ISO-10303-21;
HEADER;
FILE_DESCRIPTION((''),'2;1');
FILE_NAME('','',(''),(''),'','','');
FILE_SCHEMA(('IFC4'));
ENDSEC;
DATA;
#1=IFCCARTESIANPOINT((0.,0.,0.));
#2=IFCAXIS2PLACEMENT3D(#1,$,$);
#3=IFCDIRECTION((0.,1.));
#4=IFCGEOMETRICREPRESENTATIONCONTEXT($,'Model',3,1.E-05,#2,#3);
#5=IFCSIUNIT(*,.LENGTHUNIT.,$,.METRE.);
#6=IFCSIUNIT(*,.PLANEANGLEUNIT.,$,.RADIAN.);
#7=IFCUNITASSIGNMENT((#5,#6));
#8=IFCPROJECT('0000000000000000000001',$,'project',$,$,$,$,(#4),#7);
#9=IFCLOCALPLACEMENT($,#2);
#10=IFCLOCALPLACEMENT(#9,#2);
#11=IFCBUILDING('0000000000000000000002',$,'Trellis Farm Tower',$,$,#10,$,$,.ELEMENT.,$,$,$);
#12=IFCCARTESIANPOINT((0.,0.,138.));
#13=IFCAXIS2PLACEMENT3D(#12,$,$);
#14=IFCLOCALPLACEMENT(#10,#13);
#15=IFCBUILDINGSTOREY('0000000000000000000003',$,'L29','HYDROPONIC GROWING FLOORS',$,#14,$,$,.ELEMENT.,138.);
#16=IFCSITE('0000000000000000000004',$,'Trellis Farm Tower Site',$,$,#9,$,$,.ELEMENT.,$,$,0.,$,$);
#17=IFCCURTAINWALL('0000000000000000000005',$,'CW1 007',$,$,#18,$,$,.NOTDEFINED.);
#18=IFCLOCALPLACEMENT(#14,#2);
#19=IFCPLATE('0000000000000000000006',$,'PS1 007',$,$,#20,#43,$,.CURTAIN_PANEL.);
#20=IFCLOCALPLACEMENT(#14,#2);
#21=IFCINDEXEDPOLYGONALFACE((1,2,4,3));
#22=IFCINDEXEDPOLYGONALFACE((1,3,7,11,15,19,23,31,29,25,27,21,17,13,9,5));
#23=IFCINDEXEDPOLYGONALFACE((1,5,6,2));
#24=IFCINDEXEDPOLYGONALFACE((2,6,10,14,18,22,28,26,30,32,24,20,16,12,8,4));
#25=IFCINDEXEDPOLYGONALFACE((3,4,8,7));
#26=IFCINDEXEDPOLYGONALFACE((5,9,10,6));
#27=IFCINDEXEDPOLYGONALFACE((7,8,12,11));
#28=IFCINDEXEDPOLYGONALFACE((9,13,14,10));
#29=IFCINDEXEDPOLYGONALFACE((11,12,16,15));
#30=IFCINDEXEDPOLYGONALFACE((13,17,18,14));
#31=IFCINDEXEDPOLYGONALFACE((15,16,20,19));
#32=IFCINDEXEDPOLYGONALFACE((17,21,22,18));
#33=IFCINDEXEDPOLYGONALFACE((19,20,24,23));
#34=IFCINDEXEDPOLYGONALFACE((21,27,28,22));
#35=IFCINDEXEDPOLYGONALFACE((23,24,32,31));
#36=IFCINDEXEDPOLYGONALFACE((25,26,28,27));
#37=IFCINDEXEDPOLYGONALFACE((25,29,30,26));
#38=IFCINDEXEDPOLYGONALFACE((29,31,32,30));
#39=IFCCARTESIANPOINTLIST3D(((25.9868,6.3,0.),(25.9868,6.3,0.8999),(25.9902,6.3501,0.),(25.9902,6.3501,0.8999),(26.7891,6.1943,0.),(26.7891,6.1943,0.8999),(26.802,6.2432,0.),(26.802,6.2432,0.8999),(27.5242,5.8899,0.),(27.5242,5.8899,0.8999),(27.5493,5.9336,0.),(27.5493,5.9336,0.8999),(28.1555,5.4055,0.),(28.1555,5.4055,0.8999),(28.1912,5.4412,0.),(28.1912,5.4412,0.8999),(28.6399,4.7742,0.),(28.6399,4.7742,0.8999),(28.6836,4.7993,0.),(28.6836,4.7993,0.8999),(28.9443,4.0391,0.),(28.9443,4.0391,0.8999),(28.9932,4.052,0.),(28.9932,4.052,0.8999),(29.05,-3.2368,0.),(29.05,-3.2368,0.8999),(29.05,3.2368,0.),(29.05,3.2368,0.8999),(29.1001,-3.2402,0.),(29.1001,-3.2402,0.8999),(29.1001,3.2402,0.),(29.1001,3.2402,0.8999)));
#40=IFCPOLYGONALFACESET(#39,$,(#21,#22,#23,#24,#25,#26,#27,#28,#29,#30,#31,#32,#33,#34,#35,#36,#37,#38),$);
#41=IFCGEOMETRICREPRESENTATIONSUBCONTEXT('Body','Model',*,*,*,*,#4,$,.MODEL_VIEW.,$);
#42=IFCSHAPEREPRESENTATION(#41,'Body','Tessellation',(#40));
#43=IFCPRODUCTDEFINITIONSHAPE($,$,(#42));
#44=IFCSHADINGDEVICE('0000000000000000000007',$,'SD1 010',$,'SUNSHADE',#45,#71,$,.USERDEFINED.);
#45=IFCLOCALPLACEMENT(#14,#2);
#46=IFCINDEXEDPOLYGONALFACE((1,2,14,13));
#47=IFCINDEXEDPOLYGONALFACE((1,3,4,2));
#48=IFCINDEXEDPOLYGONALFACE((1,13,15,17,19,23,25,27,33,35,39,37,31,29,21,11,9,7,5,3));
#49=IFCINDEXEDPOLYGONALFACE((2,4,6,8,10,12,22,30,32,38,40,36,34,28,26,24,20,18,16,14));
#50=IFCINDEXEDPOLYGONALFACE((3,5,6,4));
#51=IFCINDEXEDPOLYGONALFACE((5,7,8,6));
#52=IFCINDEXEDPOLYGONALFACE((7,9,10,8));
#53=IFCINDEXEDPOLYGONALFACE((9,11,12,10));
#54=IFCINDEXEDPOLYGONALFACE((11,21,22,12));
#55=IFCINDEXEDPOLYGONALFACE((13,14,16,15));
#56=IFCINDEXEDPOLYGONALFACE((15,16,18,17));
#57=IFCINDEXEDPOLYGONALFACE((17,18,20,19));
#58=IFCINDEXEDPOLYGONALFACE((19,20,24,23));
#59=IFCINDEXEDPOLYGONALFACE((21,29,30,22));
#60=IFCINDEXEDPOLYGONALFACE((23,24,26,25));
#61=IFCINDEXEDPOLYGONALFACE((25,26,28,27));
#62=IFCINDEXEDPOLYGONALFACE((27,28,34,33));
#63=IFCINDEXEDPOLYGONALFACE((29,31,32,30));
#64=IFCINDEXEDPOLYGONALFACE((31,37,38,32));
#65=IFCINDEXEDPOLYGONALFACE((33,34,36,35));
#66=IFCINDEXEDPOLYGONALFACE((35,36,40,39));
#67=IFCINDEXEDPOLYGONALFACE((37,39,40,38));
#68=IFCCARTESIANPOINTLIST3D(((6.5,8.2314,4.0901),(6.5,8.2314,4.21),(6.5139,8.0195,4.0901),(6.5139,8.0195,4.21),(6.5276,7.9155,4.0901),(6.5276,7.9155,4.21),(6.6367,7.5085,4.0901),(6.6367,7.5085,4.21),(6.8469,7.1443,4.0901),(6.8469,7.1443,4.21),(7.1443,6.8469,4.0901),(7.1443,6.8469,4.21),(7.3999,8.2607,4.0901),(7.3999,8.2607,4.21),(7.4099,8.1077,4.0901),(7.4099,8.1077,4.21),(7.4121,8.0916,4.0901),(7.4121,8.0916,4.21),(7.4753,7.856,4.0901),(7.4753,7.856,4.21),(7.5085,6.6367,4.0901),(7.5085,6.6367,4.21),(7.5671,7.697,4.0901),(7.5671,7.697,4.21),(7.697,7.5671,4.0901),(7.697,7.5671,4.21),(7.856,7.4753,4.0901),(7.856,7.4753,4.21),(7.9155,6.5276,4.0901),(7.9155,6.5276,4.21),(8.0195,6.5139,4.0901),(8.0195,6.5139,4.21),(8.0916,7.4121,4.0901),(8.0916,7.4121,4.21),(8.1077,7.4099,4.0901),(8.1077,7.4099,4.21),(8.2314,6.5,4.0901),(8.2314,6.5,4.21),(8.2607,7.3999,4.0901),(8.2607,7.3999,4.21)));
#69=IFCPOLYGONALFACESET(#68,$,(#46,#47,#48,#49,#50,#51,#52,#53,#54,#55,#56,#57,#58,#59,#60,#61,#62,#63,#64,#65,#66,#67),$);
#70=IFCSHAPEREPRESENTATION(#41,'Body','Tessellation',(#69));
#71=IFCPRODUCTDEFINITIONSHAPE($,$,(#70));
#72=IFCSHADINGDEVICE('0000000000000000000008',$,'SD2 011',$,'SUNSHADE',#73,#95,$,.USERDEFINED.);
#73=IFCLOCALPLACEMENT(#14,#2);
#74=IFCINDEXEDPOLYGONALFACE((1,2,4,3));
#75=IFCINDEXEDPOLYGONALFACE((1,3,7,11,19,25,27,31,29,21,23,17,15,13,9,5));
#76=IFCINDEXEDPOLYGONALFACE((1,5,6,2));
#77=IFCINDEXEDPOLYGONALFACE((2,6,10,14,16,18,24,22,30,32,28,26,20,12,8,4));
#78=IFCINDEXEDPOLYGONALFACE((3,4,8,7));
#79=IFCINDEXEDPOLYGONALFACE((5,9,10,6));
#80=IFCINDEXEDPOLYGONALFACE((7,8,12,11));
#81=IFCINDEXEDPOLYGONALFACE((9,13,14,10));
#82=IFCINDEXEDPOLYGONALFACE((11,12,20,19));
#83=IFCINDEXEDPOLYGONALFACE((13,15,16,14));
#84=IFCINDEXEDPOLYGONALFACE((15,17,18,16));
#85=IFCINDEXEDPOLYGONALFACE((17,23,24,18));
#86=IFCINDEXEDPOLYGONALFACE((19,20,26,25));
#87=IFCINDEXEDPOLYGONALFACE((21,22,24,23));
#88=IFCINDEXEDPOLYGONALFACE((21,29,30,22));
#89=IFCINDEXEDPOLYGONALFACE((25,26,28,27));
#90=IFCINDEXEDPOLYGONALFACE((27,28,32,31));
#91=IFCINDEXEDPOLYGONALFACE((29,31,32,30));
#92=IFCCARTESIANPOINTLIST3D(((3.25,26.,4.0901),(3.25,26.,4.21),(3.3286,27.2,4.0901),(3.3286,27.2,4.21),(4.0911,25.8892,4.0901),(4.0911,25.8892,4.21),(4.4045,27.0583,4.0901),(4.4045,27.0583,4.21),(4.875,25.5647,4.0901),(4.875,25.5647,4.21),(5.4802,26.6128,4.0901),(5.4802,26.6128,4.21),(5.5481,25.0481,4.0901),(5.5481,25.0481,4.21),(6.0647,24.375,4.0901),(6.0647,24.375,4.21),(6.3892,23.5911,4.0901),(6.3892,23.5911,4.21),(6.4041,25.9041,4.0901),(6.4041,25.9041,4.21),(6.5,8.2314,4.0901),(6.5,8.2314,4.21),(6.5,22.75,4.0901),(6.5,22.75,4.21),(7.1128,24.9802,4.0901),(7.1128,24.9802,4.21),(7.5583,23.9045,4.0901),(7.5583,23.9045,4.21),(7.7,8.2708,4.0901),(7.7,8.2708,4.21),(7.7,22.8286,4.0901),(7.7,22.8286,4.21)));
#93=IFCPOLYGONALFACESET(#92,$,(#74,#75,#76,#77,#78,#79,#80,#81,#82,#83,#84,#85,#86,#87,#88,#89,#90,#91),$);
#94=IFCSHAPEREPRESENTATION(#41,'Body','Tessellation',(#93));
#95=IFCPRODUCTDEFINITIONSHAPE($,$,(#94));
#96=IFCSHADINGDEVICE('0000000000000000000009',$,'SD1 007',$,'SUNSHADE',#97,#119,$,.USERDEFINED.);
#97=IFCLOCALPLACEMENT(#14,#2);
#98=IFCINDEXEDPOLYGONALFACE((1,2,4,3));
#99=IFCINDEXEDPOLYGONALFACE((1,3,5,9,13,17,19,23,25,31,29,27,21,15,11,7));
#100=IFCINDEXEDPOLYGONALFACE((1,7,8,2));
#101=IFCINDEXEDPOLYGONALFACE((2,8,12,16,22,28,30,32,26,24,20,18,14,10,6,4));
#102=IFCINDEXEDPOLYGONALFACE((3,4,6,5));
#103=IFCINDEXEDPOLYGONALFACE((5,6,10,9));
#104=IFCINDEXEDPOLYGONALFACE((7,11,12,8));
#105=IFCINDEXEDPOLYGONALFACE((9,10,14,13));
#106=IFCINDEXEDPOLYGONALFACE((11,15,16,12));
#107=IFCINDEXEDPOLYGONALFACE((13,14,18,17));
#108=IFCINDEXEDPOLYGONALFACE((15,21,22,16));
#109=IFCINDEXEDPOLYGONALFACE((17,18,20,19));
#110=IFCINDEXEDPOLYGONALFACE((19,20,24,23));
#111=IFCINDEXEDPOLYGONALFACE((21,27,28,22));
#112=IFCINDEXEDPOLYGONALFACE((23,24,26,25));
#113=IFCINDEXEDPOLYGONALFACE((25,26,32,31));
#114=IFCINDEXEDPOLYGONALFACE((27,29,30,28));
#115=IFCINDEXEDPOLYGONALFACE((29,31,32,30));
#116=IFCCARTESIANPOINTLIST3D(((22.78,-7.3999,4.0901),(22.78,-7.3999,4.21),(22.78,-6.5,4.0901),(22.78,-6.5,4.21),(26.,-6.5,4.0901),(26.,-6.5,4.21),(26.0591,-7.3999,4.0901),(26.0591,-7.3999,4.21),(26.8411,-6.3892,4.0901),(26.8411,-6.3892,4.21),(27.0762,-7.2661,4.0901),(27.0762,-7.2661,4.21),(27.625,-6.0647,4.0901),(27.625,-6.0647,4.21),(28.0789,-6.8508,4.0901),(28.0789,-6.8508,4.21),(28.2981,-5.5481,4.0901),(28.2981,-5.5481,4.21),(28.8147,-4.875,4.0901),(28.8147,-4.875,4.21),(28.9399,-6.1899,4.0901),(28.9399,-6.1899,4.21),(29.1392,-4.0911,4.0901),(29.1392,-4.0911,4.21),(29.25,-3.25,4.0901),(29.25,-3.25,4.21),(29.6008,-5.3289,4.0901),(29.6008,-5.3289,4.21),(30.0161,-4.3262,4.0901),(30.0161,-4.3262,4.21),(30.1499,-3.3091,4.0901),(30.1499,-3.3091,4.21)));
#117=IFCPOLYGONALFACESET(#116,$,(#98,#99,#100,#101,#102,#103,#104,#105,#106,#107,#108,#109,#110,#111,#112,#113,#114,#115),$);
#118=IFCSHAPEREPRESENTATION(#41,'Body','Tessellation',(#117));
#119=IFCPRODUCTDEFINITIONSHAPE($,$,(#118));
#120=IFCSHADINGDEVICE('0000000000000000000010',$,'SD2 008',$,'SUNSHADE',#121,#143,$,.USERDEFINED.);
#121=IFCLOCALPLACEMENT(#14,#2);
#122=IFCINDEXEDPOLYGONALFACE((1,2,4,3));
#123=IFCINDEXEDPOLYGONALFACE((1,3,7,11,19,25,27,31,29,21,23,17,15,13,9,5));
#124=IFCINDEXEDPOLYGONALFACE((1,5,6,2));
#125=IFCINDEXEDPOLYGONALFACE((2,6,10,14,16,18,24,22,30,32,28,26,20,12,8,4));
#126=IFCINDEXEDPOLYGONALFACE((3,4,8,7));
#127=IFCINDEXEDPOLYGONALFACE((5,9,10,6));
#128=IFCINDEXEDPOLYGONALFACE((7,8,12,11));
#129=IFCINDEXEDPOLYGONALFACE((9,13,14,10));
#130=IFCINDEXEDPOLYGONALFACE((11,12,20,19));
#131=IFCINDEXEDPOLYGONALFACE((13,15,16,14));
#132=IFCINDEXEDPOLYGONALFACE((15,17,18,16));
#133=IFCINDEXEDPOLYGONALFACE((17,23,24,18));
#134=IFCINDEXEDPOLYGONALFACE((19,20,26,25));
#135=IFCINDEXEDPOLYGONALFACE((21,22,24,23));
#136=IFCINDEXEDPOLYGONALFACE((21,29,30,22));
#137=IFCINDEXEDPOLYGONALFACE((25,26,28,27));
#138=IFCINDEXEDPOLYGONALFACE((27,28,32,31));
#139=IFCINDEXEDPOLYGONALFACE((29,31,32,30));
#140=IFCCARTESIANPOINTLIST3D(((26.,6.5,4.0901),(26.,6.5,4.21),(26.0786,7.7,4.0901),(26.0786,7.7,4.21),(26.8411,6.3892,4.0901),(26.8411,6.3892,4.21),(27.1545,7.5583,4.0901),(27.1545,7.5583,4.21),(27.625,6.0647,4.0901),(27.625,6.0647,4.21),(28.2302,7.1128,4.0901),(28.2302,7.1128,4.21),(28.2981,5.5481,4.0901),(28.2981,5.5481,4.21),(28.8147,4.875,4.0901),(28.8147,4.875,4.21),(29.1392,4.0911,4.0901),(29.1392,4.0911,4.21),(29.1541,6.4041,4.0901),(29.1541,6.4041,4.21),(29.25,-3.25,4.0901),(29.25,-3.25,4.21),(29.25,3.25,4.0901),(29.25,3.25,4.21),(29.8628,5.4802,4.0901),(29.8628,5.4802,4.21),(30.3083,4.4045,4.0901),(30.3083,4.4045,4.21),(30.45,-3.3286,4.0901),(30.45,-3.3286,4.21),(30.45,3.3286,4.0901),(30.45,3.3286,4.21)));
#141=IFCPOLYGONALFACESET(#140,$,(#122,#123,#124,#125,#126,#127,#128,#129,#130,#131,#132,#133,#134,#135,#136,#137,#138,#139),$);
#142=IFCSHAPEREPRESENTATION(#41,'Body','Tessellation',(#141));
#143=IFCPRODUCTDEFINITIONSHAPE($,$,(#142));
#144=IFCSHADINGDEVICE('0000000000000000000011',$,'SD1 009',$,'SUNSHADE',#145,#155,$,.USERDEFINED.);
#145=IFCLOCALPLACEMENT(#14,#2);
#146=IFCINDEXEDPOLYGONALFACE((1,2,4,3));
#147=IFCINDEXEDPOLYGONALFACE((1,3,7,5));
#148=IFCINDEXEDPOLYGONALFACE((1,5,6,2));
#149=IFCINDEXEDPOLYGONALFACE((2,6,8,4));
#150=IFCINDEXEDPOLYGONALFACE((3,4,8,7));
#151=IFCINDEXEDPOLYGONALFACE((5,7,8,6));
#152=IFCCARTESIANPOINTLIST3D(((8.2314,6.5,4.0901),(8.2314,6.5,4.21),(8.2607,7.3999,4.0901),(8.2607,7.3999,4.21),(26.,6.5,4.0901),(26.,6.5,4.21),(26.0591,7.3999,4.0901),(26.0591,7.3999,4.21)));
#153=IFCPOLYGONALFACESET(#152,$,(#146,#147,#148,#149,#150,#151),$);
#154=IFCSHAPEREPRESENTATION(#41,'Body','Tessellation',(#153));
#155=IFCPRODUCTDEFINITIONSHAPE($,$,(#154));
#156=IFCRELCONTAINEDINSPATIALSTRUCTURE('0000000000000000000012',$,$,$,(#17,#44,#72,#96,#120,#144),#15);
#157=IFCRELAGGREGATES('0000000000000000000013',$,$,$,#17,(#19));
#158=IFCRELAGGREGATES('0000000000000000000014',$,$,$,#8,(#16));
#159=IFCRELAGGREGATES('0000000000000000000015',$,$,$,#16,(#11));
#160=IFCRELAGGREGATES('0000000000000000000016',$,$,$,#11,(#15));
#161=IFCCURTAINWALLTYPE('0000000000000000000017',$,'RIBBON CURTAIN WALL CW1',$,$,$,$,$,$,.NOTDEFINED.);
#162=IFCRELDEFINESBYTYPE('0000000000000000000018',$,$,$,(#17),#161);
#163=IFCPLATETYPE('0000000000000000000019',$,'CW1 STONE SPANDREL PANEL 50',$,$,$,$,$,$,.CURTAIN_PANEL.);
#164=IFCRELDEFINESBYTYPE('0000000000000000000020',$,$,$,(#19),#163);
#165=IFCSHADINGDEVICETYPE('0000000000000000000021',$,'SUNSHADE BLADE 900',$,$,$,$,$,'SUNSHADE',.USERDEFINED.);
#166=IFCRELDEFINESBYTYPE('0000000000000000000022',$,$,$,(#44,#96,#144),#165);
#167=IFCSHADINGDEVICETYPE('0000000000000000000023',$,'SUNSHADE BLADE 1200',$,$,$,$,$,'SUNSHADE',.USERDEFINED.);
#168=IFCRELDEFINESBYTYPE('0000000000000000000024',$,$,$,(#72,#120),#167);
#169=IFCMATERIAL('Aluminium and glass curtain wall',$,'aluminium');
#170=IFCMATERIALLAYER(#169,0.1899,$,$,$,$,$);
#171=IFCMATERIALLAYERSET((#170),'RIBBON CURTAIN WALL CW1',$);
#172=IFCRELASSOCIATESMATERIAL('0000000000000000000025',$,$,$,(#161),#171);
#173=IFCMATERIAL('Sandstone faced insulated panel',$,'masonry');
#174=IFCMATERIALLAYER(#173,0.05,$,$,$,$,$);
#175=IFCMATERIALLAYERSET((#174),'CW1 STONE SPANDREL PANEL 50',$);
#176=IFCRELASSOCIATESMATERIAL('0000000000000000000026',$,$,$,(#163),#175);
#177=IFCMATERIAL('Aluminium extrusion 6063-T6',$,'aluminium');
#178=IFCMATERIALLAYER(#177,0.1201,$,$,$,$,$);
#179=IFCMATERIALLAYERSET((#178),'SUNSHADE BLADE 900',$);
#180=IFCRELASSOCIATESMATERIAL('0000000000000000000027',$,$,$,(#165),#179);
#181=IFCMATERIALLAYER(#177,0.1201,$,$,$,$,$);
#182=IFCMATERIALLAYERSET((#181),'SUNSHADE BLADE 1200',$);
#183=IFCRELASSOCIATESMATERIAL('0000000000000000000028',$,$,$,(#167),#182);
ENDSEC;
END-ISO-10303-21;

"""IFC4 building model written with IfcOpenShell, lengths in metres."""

from ifc_helpers import new_model, si_unit, direction, frame, origin, place, context, subcontext, project, spatial, polyline, outline, extrude, source, transform, mapped, material, layer, layer_set, type_object, element, aggregate, save


model = new_model("IFC4")

# Units and contexts
model_context = context("Model", 3, precision=1e-05, world=origin(), true_north=direction((0.0, 1.0)))
body_context = subcontext(model_context, "Body", "Model", "MODEL_VIEW")
ifc_project = project(units=[si_unit("LENGTHUNIT", "METRE"), si_unit("PLANEANGLEUNIT", "RADIAN")], contexts=[model_context])

# Site, building, storey
site_placement = place(None, origin())
site = spatial("IfcSite", under=ifc_project, at=site_placement, Name="Trellis Farm Tower Site", CompositionType="ELEMENT", RefElevation=0.0)
building_placement = place(site_placement, origin())
building = spatial("IfcBuilding", under=site, at=building_placement, Name="Trellis Farm Tower", CompositionType="ELEMENT")
storey_placement = place(building_placement, frame((0.0, 0.0, 138.0)))
storey = spatial("IfcBuildingStorey", under=building, at=storey_placement, Name="L29", Description="HYDROPONIC GROWING FLOORS", CompositionType="ELEMENT", Elevation=138.0)

# Curtain wall
ifc_material_1 = material(Name="Aluminium and glass curtain wall", Category="aluminium")
placement_1 = place(storey_placement, origin())
ifc_material_2 = material(Name="Aluminium extrusion 6063-T6", Category="aluminium")
ifc_layer_1 = layer(ifc_material_1, 0.1899)
ifc_layer_set_1 = layer_set([ifc_layer_1], Name="RIBBON CURTAIN WALL CW1")
curtain_wall_type_1 = type_object("IfcCurtainWallType", Name="RIBBON CURTAIN WALL CW1", PredefinedType="NOTDEFINED", material=ifc_layer_set_1)
curtain_wall_1 = element("IfcCurtainWall", 1, at=placement_1, inside=storey, type_object=curtain_wall_type_1, Name="CW1 007", PredefinedType="NOTDEFINED")

# Shared definitions
ifc_material_3 = material(Name="Sandstone faced insulated panel", Category="masonry")
ifc_layer_2 = layer(ifc_material_3, 0.05)
ifc_layer_set_2 = layer_set([ifc_layer_2], Name="CW1 STONE SPANDREL PANEL 50")
plate_type_1 = type_object("IfcPlateType", Name="CW1 STONE SPANDREL PANEL 50", PredefinedType="CURTAIN_PANEL", material=ifc_layer_set_2)

# Plate
shared_shape_1 = source(origin(), body_context, "Body", "SweptSolid", [
    extrude(outline(polyline([(29.1001, -3.2402), (29.1001, 3.2402), (28.9932, 4.052), (28.6836, 4.7993), (28.1912, 5.4412), (27.5493, 5.9336), (26.802, 6.2432), (25.9902, 6.3501), (25.9868, 6.3), (26.7891, 6.1943), (27.5242, 5.8899), (28.1555, 5.4055), (28.6399, 4.7742), (28.9443, 4.0391), (29.05, 3.2368), (29.05, -3.2368), (29.1001, -3.2402)])), origin(), (0.0, 0.0, 1.0), 0.8999),
])
plate_1 = element("IfcPlate", 2, at=placement_1, type_object=plate_type_1, Name="PS1 007", PredefinedType="CURTAIN_PANEL", context=body_context, shape_type="MappedRepresentation", body=[
    mapped(shared_shape_1, transform((0.0, 0.0, 0.0))),
])
aggregate(curtain_wall_1, [plate_1])

# Shading devices
ifc_layer_3 = layer(ifc_material_2, 0.1201)
ifc_layer_set_3 = layer_set([ifc_layer_3], Name="SUNSHADE BLADE 900")
shading_device_type_1 = type_object("IfcShadingDeviceType", Name="SUNSHADE BLADE 900", ElementType="SUNSHADE", PredefinedType="USERDEFINED", material=ifc_layer_set_3)
shared_shape_2 = source(origin(), body_context, "Body", "SweptSolid", [
    extrude(outline(polyline([(8.2607, 7.3999), (8.1077, 7.4099), (8.0916, 7.4121), (7.856, 7.4753), (7.697, 7.5671), (7.5671, 7.697), (7.4753, 7.856), (7.4121, 8.0916), (7.4099, 8.1077), (7.3999, 8.2607), (6.5, 8.2314), (6.5139, 8.0195), (6.5276, 7.9155), (6.6367, 7.5085), (6.8469, 7.1443), (7.1443, 6.8469), (7.5085, 6.6367), (7.9155, 6.5276), (8.0195, 6.5139), (8.2314, 6.5), (8.2607, 7.3999)])), origin(), (0.0, 0.0, 1.0), 0.1199),
])
placement_2 = place(storey_placement, frame((0.0, 0.0, 4.0901)))
element("IfcShadingDevice", 3, at=placement_2, inside=storey, type_object=shading_device_type_1, Name="SD1 010", ObjectType="SUNSHADE", PredefinedType="USERDEFINED", context=body_context, shape_type="MappedRepresentation", body=[
    mapped(shared_shape_2, transform((0.0, 0.0, 0.0))),
])
ifc_layer_4 = layer(ifc_material_2, 0.1201)
ifc_layer_set_4 = layer_set([ifc_layer_4], Name="SUNSHADE BLADE 1200")
shading_device_type_2 = type_object("IfcShadingDeviceType", Name="SUNSHADE BLADE 1200", ElementType="SUNSHADE", PredefinedType="USERDEFINED", material=ifc_layer_set_4)
shared_shape_3 = source(origin(), body_context, "Body", "SweptSolid", [
    extrude(outline(polyline([(7.7, 8.2708), (7.7, 22.8286), (7.5583, 23.9045), (7.1128, 24.9802), (6.4041, 25.9041), (5.4802, 26.6128), (4.4045, 27.0583), (3.3286, 27.2), (3.25, 26.0), (4.0911, 25.8892), (4.875, 25.5647), (5.5481, 25.0481), (6.0647, 24.375), (6.3892, 23.5911), (6.5, 22.75), (6.5, 8.2314), (7.7, 8.2708)])), origin(), (0.0, 0.0, 1.0), 0.1199),
])
element("IfcShadingDevice", 4, at=placement_2, inside=storey, type_object=shading_device_type_2, Name="SD2 011", ObjectType="SUNSHADE", PredefinedType="USERDEFINED", context=body_context, shape_type="MappedRepresentation", body=[
    mapped(shared_shape_3, transform((0.0, 0.0, 0.0))),
])
shared_shape_4 = source(origin(), body_context, "Body", "SweptSolid", [
    extrude(outline(polyline([(22.78, -7.3999), (26.0591, -7.3999), (27.0762, -7.2661), (28.0789, -6.8508), (28.9399, -6.1899), (29.6008, -5.3289), (30.0161, -4.3262), (30.1499, -3.3091), (29.25, -3.25), (29.1392, -4.0911), (28.8147, -4.875), (28.2981, -5.5481), (27.625, -6.0647), (26.8411, -6.3892), (26.0, -6.5), (22.78, -6.5), (22.78, -7.3999)])), origin(), (0.0, 0.0, 1.0), 0.1199),
])
element("IfcShadingDevice", 5, at=placement_2, inside=storey, type_object=shading_device_type_1, Name="SD1 007", ObjectType="SUNSHADE", PredefinedType="USERDEFINED", context=body_context, shape_type="MappedRepresentation", body=[
    mapped(shared_shape_4, transform((0.0, 0.0, 0.0))),
])
shared_shape_5 = source(origin(), body_context, "Body", "SweptSolid", [
    extrude(outline(polyline([(30.45, -3.3286), (30.45, 3.3286), (30.3083, 4.4045), (29.8628, 5.4802), (29.1541, 6.4041), (28.2302, 7.1128), (27.1545, 7.5583), (26.0786, 7.7), (26.0, 6.5), (26.8411, 6.3892), (27.625, 6.0647), (28.2981, 5.5481), (28.8147, 4.875), (29.1392, 4.0911), (29.25, 3.25), (29.25, -3.25), (30.45, -3.3286)])), origin(), (0.0, 0.0, 1.0), 0.1199),
])
element("IfcShadingDevice", 6, at=placement_2, inside=storey, type_object=shading_device_type_2, Name="SD2 008", ObjectType="SUNSHADE", PredefinedType="USERDEFINED", context=body_context, shape_type="MappedRepresentation", body=[
    mapped(shared_shape_5, transform((0.0, 0.0, 0.0))),
])
shared_shape_6 = source(origin(), body_context, "Body", "SweptSolid", [
    extrude(outline(polyline([(26.0591, 7.3999), (8.2607, 7.3999), (8.2314, 6.5), (26.0, 6.5), (26.0591, 7.3999)])), origin(), (0.0, 0.0, 1.0), 0.1199),
])
element("IfcShadingDevice", 7, at=placement_2, inside=storey, type_object=shading_device_type_1, Name="SD1 009", ObjectType="SUNSHADE", PredefinedType="USERDEFINED", context=body_context, shape_type="MappedRepresentation", body=[
    mapped(shared_shape_6, transform((0.0, 0.0, 0.0))),
])

save(model, "model.ifc")
